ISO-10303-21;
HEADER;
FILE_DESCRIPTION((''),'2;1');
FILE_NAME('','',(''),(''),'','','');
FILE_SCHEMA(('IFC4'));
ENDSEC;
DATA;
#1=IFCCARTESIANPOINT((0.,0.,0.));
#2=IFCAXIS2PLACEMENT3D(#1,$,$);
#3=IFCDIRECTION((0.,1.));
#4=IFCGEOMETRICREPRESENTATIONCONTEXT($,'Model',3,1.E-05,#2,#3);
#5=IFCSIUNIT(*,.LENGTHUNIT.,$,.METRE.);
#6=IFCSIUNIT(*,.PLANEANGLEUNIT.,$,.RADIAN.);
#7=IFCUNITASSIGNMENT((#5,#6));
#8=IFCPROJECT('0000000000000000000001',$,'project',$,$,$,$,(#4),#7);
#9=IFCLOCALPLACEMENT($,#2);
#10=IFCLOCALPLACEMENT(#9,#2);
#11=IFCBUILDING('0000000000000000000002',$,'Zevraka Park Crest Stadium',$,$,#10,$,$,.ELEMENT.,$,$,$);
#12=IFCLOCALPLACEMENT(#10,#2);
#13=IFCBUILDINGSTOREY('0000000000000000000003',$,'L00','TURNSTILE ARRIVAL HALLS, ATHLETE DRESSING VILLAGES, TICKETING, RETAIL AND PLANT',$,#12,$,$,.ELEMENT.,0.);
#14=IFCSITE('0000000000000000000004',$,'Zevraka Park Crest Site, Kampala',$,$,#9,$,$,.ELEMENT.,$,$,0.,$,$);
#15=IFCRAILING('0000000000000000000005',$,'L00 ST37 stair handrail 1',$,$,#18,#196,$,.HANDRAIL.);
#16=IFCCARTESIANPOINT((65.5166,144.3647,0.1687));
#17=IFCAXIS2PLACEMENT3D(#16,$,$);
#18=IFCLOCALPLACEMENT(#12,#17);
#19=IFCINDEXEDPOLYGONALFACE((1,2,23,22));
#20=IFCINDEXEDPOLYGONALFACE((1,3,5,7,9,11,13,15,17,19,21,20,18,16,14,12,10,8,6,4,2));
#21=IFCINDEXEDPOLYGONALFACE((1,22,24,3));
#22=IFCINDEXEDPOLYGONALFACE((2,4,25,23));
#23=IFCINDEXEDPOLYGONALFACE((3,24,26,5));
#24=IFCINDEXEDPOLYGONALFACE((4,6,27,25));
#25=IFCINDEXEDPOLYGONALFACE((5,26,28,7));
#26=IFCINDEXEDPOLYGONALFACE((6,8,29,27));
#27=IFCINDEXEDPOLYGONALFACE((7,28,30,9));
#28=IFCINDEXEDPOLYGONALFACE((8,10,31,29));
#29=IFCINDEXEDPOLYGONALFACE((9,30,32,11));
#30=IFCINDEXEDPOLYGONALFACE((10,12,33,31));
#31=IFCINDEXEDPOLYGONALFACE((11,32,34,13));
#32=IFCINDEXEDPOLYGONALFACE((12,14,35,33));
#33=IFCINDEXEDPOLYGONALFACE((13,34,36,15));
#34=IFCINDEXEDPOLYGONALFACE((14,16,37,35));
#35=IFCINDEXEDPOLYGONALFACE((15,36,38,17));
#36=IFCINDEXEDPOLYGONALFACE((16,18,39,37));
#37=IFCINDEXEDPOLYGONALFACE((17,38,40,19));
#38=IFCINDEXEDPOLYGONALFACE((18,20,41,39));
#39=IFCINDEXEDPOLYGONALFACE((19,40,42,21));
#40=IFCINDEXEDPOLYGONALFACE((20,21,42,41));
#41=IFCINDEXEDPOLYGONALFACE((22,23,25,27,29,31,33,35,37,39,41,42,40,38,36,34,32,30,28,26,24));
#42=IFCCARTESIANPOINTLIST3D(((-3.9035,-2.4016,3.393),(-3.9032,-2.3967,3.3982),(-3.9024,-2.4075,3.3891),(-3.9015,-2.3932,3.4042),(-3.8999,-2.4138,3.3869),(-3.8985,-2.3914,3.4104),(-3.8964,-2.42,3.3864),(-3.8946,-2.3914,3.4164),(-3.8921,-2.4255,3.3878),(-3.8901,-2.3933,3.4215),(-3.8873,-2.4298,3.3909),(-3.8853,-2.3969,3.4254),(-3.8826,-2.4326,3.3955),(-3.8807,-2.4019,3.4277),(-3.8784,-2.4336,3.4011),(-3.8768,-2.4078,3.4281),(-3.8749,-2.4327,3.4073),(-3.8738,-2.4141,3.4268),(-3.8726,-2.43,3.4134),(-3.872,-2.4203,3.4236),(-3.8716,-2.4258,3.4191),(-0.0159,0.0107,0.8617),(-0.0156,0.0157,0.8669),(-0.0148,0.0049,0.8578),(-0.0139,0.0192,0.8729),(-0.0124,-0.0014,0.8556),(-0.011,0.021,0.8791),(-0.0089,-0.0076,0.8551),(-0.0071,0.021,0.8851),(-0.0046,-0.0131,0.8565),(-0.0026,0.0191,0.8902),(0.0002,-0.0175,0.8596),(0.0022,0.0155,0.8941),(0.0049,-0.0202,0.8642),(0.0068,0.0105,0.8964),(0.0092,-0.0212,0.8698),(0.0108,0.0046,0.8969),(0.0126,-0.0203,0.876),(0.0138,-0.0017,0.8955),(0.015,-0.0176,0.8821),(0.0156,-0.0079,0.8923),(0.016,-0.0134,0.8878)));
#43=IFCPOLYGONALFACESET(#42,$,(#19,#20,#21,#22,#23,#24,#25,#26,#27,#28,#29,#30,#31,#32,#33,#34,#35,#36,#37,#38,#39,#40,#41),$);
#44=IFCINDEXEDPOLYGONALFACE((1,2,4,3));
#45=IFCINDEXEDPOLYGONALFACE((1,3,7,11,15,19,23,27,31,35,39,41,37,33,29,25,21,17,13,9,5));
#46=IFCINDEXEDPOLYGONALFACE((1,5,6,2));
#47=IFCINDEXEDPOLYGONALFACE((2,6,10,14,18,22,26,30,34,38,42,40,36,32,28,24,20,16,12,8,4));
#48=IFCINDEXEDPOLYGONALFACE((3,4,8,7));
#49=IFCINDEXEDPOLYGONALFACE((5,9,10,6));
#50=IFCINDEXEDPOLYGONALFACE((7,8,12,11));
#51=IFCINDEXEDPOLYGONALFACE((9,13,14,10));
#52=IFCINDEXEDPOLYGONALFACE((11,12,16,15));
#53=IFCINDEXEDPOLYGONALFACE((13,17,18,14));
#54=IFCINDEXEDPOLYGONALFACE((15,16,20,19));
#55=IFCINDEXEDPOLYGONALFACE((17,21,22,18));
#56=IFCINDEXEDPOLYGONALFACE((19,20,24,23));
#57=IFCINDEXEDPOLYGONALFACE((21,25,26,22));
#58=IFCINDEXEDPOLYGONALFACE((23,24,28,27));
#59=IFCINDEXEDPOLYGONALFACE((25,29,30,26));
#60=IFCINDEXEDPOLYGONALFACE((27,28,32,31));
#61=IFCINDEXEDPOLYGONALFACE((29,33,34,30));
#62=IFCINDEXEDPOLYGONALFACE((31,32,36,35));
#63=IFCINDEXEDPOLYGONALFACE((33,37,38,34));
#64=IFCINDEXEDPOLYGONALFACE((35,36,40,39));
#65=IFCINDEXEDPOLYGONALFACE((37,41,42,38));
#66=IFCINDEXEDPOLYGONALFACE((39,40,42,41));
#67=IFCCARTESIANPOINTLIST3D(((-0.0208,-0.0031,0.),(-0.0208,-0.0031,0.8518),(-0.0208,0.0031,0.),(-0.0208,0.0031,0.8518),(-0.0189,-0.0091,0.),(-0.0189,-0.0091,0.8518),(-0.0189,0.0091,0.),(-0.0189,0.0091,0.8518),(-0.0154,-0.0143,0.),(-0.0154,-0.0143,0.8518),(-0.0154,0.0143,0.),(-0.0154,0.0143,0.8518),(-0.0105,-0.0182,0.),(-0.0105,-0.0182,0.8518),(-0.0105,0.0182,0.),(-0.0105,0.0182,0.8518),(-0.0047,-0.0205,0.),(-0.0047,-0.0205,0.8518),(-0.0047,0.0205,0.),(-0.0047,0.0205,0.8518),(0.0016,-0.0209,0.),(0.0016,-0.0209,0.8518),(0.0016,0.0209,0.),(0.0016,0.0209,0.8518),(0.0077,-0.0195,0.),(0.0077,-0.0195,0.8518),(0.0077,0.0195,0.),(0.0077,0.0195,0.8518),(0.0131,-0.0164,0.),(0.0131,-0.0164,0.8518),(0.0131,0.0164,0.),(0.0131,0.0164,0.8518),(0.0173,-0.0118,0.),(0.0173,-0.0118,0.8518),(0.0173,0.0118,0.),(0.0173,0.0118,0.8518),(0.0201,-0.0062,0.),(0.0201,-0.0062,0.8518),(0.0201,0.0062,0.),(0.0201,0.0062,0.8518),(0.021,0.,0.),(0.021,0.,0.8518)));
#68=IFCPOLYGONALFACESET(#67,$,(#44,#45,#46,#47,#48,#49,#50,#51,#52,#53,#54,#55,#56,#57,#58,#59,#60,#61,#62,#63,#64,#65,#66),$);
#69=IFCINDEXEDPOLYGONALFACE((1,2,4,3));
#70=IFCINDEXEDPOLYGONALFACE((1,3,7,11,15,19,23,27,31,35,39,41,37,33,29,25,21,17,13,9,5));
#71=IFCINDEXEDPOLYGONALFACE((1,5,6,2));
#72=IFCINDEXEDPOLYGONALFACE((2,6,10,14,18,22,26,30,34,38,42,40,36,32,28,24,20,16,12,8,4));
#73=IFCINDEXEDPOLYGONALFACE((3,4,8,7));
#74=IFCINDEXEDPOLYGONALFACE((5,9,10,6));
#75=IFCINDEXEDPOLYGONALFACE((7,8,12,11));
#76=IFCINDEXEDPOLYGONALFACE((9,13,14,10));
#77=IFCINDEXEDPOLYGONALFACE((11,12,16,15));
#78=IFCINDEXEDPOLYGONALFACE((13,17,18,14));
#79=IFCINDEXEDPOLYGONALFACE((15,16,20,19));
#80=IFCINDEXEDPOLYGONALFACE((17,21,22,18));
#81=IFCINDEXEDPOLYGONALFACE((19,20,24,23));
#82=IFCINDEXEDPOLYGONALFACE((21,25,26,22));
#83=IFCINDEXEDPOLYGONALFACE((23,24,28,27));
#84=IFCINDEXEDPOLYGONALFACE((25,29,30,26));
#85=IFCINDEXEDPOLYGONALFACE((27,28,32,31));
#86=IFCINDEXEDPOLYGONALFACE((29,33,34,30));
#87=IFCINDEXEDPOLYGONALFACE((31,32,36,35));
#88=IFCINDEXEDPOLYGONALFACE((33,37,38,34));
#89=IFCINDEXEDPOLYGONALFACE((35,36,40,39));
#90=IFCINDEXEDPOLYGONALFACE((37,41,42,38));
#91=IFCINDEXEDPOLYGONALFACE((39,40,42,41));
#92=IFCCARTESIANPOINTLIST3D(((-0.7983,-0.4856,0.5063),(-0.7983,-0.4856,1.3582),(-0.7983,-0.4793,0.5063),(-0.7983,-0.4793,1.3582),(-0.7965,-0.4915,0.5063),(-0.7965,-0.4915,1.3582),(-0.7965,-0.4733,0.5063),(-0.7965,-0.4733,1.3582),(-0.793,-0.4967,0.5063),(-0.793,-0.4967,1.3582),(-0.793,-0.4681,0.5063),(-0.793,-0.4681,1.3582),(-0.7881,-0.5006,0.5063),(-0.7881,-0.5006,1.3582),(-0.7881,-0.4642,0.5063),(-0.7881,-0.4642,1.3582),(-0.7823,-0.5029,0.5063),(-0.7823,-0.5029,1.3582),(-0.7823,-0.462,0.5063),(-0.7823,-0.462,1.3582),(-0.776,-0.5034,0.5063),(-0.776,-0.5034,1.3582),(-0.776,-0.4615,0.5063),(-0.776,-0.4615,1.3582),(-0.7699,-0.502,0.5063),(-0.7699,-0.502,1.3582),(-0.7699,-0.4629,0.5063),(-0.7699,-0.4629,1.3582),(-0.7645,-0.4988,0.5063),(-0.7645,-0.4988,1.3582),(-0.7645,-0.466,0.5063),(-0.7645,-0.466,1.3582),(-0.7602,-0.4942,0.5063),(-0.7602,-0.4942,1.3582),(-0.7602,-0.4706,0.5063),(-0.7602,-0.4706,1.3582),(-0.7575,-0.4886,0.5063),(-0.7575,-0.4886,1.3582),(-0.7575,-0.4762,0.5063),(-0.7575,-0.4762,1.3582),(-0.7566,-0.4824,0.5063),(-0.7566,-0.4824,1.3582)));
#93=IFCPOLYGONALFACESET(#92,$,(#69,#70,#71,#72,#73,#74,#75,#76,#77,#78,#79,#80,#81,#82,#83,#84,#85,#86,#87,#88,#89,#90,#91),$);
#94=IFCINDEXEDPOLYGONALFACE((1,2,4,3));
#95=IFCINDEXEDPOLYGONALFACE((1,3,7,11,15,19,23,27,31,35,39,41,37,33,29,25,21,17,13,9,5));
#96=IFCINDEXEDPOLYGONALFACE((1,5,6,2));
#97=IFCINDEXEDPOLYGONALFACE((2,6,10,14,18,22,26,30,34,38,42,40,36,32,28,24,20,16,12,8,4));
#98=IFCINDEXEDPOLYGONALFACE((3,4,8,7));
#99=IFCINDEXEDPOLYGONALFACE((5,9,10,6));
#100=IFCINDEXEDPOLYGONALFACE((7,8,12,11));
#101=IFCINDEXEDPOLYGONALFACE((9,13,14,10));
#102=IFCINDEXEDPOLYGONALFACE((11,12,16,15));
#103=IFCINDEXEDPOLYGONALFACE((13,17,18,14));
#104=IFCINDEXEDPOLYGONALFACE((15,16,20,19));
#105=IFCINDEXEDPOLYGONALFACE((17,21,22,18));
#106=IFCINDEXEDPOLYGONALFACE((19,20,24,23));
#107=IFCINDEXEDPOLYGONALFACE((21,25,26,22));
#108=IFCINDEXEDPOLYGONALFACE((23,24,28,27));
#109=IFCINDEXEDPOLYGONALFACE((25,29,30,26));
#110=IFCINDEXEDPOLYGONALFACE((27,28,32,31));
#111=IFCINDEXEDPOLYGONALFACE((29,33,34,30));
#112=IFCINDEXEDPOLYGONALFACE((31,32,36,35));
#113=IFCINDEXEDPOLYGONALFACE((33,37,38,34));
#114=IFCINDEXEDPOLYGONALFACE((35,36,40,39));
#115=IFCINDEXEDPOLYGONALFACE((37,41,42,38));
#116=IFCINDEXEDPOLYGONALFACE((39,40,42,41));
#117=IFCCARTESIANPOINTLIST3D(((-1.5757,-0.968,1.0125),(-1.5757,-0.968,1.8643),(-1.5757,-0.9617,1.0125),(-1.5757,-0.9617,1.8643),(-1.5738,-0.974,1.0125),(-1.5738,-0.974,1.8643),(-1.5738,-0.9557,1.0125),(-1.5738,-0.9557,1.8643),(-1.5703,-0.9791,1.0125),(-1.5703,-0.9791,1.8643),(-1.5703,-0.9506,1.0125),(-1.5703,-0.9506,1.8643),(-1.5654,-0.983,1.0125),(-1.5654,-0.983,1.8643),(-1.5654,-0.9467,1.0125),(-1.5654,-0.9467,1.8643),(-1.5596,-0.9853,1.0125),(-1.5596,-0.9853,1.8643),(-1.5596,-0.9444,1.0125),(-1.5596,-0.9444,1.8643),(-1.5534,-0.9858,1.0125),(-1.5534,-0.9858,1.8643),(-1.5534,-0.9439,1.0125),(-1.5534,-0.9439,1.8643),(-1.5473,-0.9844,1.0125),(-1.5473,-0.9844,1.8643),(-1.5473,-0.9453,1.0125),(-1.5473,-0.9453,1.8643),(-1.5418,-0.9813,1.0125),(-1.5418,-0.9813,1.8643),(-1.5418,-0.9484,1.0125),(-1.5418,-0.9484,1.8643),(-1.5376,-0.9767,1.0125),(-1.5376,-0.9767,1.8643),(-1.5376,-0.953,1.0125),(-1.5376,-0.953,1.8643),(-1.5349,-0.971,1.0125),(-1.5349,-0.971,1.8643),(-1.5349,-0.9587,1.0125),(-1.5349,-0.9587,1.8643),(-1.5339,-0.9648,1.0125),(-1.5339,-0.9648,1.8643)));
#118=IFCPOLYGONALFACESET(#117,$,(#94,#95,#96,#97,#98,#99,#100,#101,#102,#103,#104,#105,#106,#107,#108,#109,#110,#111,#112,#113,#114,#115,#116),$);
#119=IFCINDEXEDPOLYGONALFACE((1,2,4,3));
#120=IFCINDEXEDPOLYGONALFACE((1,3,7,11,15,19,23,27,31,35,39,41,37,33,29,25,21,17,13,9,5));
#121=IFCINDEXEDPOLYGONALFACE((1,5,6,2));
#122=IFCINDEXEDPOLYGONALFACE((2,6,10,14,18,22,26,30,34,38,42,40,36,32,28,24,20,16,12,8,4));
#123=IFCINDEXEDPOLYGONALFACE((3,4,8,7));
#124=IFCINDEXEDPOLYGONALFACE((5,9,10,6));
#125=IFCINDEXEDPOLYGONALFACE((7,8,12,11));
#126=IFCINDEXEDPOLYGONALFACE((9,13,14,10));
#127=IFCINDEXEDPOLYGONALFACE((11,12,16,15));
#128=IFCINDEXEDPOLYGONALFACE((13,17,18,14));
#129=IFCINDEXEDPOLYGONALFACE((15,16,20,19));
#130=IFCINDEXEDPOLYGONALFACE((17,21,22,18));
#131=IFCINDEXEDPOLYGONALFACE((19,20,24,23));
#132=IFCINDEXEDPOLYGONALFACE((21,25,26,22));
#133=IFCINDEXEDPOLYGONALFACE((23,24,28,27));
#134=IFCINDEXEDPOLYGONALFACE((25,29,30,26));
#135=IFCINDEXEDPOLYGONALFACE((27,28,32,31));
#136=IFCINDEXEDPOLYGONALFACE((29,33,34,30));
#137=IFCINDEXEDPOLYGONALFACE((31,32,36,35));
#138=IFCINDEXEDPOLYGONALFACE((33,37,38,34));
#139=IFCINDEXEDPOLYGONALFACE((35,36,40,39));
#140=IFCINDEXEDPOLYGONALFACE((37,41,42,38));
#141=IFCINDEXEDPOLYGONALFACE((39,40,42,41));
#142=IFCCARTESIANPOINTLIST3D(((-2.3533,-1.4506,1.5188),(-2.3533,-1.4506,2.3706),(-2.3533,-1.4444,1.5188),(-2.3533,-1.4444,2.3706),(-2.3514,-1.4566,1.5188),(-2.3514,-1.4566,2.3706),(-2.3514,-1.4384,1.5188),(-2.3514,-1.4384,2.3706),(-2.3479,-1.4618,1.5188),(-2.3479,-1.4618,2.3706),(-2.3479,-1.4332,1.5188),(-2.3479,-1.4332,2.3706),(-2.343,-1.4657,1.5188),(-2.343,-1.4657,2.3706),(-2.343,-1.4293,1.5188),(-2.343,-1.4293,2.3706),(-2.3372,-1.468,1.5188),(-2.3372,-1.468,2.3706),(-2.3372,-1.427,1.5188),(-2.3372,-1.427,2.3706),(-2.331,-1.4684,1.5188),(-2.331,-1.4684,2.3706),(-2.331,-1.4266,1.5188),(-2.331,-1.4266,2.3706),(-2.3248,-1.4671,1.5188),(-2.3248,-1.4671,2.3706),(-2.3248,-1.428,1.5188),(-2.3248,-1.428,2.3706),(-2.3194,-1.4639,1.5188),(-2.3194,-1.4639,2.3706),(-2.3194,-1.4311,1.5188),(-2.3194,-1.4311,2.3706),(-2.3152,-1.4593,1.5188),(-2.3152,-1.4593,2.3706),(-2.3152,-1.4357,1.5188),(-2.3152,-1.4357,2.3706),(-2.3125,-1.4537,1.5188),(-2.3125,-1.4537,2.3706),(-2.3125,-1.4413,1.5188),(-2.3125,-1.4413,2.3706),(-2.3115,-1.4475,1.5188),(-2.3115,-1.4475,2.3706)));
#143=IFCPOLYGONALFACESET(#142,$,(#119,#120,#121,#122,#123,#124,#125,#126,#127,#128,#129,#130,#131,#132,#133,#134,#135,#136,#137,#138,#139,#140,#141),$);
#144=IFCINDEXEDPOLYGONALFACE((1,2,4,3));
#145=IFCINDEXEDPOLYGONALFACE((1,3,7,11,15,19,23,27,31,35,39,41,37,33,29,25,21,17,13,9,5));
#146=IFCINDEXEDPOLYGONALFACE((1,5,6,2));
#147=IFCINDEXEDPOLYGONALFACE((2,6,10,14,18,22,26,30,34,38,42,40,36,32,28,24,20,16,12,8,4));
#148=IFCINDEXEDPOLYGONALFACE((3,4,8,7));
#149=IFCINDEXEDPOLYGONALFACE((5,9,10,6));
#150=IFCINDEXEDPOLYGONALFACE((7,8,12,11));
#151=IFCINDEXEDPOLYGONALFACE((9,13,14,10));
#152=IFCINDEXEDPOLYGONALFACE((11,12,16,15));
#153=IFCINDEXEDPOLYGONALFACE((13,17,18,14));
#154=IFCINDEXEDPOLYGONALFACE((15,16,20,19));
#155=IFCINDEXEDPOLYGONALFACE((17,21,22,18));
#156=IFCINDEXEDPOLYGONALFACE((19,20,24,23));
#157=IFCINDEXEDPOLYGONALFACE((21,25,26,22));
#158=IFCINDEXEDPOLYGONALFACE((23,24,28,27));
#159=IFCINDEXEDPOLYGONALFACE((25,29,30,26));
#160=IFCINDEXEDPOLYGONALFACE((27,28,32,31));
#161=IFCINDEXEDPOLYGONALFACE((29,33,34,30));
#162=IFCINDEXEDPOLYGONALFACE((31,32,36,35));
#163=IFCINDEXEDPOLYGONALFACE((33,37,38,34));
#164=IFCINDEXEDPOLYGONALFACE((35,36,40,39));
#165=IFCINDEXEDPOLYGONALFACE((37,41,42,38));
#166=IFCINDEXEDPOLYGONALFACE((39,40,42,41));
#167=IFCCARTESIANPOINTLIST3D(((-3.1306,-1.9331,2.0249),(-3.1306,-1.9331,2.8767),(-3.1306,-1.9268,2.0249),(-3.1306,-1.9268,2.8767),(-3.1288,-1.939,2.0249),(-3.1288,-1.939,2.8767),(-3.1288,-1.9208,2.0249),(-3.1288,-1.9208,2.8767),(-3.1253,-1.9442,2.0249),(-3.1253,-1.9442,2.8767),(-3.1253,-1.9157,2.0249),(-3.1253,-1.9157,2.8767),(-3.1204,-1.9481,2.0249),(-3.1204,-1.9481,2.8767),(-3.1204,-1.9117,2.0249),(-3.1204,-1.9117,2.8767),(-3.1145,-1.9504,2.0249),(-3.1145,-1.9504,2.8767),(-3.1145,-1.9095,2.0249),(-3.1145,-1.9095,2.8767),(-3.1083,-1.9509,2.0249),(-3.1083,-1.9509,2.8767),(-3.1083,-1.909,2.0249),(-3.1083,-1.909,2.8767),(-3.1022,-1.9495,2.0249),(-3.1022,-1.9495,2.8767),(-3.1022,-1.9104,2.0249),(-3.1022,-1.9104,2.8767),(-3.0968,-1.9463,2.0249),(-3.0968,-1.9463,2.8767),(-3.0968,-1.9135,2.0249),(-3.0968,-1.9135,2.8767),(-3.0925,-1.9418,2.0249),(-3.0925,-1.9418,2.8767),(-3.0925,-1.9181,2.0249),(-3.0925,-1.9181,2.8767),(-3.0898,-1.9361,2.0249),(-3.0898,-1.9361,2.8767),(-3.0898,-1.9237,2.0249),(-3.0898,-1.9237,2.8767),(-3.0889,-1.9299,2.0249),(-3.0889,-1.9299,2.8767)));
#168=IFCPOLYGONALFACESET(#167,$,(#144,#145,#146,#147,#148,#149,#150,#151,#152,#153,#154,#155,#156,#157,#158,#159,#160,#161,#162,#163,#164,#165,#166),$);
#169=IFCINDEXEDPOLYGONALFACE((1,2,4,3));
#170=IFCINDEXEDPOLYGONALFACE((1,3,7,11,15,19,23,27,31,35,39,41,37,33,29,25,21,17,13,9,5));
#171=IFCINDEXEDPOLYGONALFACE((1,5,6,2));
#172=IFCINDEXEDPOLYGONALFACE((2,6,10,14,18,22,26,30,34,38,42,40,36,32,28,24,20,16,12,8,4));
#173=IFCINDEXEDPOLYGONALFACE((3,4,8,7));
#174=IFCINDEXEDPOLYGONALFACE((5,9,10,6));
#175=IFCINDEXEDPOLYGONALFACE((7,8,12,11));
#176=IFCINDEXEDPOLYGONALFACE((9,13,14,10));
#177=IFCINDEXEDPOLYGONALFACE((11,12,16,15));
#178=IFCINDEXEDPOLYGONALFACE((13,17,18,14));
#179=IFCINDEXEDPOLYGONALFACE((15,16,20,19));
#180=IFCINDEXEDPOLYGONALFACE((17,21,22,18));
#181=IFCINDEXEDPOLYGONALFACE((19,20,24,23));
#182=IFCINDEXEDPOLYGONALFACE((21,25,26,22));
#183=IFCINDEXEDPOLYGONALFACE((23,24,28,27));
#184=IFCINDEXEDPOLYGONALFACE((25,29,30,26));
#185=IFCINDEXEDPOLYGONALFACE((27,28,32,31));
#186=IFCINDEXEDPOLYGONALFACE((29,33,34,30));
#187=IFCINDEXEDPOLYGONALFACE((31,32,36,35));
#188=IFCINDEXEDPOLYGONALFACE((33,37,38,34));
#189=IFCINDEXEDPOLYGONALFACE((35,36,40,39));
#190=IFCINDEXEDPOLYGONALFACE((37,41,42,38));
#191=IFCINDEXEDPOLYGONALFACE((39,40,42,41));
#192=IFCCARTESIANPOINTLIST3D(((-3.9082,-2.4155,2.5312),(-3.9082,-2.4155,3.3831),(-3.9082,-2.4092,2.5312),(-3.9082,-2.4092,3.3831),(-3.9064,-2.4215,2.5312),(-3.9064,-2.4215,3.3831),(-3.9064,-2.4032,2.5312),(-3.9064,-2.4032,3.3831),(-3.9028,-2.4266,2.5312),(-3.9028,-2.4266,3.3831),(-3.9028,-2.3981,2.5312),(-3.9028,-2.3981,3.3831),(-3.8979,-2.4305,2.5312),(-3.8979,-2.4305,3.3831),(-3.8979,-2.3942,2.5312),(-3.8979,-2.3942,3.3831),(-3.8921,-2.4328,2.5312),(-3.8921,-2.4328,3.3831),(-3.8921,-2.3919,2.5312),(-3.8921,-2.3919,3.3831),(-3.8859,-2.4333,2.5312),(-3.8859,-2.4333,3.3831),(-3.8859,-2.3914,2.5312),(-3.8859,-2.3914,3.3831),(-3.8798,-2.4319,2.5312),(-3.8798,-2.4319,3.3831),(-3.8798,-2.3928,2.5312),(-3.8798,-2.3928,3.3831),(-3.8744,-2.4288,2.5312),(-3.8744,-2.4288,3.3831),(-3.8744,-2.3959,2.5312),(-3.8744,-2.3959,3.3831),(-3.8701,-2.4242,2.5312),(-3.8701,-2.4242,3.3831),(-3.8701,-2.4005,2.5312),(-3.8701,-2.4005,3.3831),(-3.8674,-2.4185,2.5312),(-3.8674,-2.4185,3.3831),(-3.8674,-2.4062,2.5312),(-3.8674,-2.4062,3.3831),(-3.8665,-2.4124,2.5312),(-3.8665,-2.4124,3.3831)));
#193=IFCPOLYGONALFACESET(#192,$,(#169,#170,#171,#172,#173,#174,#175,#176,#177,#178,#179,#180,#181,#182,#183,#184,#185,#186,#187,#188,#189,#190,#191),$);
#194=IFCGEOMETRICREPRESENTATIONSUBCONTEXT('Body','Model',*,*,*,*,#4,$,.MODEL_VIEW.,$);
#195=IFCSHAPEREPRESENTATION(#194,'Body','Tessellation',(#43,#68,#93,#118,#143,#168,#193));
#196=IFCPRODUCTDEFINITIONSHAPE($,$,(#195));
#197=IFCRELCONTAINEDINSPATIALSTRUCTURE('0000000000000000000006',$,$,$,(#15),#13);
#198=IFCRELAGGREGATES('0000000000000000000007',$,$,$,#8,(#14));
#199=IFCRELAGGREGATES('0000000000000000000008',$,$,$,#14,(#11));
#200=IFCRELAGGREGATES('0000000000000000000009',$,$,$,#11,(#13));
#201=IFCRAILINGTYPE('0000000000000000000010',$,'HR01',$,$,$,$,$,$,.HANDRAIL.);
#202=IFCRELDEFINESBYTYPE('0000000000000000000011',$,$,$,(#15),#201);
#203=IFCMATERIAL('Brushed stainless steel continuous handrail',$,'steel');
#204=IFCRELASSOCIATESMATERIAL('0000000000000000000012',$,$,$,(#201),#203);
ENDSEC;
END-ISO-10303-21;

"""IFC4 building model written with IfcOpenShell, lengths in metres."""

from ifc_helpers import new_model, si_unit, direction, frame, origin, origin_2d, place, context, subcontext, project, spatial, circle, extrude, material, type_object, element, save


model = new_model("IFC4")

# Units and contexts
model_context = context("Model", 3, precision=1e-05, world=origin(), true_north=direction((0.0, 1.0)))
body_context = subcontext(model_context, "Body", "Model", "MODEL_VIEW")
ifc_project = project(units=[si_unit("LENGTHUNIT", "METRE"), si_unit("PLANEANGLEUNIT", "RADIAN")], contexts=[model_context])

# Site, building, storey
site_placement = place(None, origin())
site = spatial("IfcSite", under=ifc_project, at=site_placement, Name="Zevraka Park Crest Site, Kampala", CompositionType="ELEMENT", RefElevation=0.0)
building_placement = place(site_placement, origin())
building = spatial("IfcBuilding", under=site, at=building_placement, Name="Zevraka Park Crest Stadium", CompositionType="ELEMENT")
storey_placement = place(building_placement, origin())
storey = spatial("IfcBuildingStorey", under=building, at=storey_placement, Name="L00", Description="TURNSTILE ARRIVAL HALLS, ATHLETE DRESSING VILLAGES, TICKETING, RETAIL AND PLANT", CompositionType="ELEMENT", Elevation=0.0)

# Railing
ifc_material_1 = material(Name="Brushed stainless steel continuous handrail", Category="steel")
railing_type_1 = type_object("IfcRailingType", Name="HR01", PredefinedType="HANDRAIL", material=ifc_material_1)
railing_1_placement = place(storey_placement, frame((65.5166, 144.3647, 0.1687)))
element("IfcRailing", 1, at=railing_1_placement, inside=storey, type_object=railing_type_1, Name="L00 ST37 stair handrail 1", PredefinedType="HANDRAIL", context=body_context, shape_type="SweptSolid", body=[
    extrude(circle(Radius=0.0239, at=origin_2d()), frame((0.0, 0.0, 0.876), z_axis=(-0.743488, -0.461371, 0.48411), x_axis=(0.527277, -0.849694, 0.0)), (0.0, 0.0, 1.0), 5.2288),
    extrude(circle(Radius=0.021, at=origin_2d()), origin(), (0.0, 0.0, 1.0), 0.8518),
    extrude(circle(Radius=0.021, at=origin_2d()), frame((-0.7776, -0.4824, 0.5063)), (0.0, 0.0, 1.0), 0.8518),
    extrude(circle(Radius=0.021, at=origin_2d()), frame((-1.5549, -0.9648, 1.0125)), (0.0, 0.0, 1.0), 0.8518),
    extrude(circle(Radius=0.021, at=origin_2d()), frame((-2.3325, -1.4475, 1.5188)), (0.0, 0.0, 1.0), 0.8518),
    extrude(circle(Radius=0.021, at=origin_2d()), frame((-3.1099, -1.9299, 2.0249)), (0.0, 0.0, 1.0), 0.8518),
    extrude(circle(Radius=0.021, at=origin_2d()), frame((-3.8875, -2.4124, 2.5312)), (0.0, 0.0, 1.0), 0.8518),
])

save(model, "model.ifc")
